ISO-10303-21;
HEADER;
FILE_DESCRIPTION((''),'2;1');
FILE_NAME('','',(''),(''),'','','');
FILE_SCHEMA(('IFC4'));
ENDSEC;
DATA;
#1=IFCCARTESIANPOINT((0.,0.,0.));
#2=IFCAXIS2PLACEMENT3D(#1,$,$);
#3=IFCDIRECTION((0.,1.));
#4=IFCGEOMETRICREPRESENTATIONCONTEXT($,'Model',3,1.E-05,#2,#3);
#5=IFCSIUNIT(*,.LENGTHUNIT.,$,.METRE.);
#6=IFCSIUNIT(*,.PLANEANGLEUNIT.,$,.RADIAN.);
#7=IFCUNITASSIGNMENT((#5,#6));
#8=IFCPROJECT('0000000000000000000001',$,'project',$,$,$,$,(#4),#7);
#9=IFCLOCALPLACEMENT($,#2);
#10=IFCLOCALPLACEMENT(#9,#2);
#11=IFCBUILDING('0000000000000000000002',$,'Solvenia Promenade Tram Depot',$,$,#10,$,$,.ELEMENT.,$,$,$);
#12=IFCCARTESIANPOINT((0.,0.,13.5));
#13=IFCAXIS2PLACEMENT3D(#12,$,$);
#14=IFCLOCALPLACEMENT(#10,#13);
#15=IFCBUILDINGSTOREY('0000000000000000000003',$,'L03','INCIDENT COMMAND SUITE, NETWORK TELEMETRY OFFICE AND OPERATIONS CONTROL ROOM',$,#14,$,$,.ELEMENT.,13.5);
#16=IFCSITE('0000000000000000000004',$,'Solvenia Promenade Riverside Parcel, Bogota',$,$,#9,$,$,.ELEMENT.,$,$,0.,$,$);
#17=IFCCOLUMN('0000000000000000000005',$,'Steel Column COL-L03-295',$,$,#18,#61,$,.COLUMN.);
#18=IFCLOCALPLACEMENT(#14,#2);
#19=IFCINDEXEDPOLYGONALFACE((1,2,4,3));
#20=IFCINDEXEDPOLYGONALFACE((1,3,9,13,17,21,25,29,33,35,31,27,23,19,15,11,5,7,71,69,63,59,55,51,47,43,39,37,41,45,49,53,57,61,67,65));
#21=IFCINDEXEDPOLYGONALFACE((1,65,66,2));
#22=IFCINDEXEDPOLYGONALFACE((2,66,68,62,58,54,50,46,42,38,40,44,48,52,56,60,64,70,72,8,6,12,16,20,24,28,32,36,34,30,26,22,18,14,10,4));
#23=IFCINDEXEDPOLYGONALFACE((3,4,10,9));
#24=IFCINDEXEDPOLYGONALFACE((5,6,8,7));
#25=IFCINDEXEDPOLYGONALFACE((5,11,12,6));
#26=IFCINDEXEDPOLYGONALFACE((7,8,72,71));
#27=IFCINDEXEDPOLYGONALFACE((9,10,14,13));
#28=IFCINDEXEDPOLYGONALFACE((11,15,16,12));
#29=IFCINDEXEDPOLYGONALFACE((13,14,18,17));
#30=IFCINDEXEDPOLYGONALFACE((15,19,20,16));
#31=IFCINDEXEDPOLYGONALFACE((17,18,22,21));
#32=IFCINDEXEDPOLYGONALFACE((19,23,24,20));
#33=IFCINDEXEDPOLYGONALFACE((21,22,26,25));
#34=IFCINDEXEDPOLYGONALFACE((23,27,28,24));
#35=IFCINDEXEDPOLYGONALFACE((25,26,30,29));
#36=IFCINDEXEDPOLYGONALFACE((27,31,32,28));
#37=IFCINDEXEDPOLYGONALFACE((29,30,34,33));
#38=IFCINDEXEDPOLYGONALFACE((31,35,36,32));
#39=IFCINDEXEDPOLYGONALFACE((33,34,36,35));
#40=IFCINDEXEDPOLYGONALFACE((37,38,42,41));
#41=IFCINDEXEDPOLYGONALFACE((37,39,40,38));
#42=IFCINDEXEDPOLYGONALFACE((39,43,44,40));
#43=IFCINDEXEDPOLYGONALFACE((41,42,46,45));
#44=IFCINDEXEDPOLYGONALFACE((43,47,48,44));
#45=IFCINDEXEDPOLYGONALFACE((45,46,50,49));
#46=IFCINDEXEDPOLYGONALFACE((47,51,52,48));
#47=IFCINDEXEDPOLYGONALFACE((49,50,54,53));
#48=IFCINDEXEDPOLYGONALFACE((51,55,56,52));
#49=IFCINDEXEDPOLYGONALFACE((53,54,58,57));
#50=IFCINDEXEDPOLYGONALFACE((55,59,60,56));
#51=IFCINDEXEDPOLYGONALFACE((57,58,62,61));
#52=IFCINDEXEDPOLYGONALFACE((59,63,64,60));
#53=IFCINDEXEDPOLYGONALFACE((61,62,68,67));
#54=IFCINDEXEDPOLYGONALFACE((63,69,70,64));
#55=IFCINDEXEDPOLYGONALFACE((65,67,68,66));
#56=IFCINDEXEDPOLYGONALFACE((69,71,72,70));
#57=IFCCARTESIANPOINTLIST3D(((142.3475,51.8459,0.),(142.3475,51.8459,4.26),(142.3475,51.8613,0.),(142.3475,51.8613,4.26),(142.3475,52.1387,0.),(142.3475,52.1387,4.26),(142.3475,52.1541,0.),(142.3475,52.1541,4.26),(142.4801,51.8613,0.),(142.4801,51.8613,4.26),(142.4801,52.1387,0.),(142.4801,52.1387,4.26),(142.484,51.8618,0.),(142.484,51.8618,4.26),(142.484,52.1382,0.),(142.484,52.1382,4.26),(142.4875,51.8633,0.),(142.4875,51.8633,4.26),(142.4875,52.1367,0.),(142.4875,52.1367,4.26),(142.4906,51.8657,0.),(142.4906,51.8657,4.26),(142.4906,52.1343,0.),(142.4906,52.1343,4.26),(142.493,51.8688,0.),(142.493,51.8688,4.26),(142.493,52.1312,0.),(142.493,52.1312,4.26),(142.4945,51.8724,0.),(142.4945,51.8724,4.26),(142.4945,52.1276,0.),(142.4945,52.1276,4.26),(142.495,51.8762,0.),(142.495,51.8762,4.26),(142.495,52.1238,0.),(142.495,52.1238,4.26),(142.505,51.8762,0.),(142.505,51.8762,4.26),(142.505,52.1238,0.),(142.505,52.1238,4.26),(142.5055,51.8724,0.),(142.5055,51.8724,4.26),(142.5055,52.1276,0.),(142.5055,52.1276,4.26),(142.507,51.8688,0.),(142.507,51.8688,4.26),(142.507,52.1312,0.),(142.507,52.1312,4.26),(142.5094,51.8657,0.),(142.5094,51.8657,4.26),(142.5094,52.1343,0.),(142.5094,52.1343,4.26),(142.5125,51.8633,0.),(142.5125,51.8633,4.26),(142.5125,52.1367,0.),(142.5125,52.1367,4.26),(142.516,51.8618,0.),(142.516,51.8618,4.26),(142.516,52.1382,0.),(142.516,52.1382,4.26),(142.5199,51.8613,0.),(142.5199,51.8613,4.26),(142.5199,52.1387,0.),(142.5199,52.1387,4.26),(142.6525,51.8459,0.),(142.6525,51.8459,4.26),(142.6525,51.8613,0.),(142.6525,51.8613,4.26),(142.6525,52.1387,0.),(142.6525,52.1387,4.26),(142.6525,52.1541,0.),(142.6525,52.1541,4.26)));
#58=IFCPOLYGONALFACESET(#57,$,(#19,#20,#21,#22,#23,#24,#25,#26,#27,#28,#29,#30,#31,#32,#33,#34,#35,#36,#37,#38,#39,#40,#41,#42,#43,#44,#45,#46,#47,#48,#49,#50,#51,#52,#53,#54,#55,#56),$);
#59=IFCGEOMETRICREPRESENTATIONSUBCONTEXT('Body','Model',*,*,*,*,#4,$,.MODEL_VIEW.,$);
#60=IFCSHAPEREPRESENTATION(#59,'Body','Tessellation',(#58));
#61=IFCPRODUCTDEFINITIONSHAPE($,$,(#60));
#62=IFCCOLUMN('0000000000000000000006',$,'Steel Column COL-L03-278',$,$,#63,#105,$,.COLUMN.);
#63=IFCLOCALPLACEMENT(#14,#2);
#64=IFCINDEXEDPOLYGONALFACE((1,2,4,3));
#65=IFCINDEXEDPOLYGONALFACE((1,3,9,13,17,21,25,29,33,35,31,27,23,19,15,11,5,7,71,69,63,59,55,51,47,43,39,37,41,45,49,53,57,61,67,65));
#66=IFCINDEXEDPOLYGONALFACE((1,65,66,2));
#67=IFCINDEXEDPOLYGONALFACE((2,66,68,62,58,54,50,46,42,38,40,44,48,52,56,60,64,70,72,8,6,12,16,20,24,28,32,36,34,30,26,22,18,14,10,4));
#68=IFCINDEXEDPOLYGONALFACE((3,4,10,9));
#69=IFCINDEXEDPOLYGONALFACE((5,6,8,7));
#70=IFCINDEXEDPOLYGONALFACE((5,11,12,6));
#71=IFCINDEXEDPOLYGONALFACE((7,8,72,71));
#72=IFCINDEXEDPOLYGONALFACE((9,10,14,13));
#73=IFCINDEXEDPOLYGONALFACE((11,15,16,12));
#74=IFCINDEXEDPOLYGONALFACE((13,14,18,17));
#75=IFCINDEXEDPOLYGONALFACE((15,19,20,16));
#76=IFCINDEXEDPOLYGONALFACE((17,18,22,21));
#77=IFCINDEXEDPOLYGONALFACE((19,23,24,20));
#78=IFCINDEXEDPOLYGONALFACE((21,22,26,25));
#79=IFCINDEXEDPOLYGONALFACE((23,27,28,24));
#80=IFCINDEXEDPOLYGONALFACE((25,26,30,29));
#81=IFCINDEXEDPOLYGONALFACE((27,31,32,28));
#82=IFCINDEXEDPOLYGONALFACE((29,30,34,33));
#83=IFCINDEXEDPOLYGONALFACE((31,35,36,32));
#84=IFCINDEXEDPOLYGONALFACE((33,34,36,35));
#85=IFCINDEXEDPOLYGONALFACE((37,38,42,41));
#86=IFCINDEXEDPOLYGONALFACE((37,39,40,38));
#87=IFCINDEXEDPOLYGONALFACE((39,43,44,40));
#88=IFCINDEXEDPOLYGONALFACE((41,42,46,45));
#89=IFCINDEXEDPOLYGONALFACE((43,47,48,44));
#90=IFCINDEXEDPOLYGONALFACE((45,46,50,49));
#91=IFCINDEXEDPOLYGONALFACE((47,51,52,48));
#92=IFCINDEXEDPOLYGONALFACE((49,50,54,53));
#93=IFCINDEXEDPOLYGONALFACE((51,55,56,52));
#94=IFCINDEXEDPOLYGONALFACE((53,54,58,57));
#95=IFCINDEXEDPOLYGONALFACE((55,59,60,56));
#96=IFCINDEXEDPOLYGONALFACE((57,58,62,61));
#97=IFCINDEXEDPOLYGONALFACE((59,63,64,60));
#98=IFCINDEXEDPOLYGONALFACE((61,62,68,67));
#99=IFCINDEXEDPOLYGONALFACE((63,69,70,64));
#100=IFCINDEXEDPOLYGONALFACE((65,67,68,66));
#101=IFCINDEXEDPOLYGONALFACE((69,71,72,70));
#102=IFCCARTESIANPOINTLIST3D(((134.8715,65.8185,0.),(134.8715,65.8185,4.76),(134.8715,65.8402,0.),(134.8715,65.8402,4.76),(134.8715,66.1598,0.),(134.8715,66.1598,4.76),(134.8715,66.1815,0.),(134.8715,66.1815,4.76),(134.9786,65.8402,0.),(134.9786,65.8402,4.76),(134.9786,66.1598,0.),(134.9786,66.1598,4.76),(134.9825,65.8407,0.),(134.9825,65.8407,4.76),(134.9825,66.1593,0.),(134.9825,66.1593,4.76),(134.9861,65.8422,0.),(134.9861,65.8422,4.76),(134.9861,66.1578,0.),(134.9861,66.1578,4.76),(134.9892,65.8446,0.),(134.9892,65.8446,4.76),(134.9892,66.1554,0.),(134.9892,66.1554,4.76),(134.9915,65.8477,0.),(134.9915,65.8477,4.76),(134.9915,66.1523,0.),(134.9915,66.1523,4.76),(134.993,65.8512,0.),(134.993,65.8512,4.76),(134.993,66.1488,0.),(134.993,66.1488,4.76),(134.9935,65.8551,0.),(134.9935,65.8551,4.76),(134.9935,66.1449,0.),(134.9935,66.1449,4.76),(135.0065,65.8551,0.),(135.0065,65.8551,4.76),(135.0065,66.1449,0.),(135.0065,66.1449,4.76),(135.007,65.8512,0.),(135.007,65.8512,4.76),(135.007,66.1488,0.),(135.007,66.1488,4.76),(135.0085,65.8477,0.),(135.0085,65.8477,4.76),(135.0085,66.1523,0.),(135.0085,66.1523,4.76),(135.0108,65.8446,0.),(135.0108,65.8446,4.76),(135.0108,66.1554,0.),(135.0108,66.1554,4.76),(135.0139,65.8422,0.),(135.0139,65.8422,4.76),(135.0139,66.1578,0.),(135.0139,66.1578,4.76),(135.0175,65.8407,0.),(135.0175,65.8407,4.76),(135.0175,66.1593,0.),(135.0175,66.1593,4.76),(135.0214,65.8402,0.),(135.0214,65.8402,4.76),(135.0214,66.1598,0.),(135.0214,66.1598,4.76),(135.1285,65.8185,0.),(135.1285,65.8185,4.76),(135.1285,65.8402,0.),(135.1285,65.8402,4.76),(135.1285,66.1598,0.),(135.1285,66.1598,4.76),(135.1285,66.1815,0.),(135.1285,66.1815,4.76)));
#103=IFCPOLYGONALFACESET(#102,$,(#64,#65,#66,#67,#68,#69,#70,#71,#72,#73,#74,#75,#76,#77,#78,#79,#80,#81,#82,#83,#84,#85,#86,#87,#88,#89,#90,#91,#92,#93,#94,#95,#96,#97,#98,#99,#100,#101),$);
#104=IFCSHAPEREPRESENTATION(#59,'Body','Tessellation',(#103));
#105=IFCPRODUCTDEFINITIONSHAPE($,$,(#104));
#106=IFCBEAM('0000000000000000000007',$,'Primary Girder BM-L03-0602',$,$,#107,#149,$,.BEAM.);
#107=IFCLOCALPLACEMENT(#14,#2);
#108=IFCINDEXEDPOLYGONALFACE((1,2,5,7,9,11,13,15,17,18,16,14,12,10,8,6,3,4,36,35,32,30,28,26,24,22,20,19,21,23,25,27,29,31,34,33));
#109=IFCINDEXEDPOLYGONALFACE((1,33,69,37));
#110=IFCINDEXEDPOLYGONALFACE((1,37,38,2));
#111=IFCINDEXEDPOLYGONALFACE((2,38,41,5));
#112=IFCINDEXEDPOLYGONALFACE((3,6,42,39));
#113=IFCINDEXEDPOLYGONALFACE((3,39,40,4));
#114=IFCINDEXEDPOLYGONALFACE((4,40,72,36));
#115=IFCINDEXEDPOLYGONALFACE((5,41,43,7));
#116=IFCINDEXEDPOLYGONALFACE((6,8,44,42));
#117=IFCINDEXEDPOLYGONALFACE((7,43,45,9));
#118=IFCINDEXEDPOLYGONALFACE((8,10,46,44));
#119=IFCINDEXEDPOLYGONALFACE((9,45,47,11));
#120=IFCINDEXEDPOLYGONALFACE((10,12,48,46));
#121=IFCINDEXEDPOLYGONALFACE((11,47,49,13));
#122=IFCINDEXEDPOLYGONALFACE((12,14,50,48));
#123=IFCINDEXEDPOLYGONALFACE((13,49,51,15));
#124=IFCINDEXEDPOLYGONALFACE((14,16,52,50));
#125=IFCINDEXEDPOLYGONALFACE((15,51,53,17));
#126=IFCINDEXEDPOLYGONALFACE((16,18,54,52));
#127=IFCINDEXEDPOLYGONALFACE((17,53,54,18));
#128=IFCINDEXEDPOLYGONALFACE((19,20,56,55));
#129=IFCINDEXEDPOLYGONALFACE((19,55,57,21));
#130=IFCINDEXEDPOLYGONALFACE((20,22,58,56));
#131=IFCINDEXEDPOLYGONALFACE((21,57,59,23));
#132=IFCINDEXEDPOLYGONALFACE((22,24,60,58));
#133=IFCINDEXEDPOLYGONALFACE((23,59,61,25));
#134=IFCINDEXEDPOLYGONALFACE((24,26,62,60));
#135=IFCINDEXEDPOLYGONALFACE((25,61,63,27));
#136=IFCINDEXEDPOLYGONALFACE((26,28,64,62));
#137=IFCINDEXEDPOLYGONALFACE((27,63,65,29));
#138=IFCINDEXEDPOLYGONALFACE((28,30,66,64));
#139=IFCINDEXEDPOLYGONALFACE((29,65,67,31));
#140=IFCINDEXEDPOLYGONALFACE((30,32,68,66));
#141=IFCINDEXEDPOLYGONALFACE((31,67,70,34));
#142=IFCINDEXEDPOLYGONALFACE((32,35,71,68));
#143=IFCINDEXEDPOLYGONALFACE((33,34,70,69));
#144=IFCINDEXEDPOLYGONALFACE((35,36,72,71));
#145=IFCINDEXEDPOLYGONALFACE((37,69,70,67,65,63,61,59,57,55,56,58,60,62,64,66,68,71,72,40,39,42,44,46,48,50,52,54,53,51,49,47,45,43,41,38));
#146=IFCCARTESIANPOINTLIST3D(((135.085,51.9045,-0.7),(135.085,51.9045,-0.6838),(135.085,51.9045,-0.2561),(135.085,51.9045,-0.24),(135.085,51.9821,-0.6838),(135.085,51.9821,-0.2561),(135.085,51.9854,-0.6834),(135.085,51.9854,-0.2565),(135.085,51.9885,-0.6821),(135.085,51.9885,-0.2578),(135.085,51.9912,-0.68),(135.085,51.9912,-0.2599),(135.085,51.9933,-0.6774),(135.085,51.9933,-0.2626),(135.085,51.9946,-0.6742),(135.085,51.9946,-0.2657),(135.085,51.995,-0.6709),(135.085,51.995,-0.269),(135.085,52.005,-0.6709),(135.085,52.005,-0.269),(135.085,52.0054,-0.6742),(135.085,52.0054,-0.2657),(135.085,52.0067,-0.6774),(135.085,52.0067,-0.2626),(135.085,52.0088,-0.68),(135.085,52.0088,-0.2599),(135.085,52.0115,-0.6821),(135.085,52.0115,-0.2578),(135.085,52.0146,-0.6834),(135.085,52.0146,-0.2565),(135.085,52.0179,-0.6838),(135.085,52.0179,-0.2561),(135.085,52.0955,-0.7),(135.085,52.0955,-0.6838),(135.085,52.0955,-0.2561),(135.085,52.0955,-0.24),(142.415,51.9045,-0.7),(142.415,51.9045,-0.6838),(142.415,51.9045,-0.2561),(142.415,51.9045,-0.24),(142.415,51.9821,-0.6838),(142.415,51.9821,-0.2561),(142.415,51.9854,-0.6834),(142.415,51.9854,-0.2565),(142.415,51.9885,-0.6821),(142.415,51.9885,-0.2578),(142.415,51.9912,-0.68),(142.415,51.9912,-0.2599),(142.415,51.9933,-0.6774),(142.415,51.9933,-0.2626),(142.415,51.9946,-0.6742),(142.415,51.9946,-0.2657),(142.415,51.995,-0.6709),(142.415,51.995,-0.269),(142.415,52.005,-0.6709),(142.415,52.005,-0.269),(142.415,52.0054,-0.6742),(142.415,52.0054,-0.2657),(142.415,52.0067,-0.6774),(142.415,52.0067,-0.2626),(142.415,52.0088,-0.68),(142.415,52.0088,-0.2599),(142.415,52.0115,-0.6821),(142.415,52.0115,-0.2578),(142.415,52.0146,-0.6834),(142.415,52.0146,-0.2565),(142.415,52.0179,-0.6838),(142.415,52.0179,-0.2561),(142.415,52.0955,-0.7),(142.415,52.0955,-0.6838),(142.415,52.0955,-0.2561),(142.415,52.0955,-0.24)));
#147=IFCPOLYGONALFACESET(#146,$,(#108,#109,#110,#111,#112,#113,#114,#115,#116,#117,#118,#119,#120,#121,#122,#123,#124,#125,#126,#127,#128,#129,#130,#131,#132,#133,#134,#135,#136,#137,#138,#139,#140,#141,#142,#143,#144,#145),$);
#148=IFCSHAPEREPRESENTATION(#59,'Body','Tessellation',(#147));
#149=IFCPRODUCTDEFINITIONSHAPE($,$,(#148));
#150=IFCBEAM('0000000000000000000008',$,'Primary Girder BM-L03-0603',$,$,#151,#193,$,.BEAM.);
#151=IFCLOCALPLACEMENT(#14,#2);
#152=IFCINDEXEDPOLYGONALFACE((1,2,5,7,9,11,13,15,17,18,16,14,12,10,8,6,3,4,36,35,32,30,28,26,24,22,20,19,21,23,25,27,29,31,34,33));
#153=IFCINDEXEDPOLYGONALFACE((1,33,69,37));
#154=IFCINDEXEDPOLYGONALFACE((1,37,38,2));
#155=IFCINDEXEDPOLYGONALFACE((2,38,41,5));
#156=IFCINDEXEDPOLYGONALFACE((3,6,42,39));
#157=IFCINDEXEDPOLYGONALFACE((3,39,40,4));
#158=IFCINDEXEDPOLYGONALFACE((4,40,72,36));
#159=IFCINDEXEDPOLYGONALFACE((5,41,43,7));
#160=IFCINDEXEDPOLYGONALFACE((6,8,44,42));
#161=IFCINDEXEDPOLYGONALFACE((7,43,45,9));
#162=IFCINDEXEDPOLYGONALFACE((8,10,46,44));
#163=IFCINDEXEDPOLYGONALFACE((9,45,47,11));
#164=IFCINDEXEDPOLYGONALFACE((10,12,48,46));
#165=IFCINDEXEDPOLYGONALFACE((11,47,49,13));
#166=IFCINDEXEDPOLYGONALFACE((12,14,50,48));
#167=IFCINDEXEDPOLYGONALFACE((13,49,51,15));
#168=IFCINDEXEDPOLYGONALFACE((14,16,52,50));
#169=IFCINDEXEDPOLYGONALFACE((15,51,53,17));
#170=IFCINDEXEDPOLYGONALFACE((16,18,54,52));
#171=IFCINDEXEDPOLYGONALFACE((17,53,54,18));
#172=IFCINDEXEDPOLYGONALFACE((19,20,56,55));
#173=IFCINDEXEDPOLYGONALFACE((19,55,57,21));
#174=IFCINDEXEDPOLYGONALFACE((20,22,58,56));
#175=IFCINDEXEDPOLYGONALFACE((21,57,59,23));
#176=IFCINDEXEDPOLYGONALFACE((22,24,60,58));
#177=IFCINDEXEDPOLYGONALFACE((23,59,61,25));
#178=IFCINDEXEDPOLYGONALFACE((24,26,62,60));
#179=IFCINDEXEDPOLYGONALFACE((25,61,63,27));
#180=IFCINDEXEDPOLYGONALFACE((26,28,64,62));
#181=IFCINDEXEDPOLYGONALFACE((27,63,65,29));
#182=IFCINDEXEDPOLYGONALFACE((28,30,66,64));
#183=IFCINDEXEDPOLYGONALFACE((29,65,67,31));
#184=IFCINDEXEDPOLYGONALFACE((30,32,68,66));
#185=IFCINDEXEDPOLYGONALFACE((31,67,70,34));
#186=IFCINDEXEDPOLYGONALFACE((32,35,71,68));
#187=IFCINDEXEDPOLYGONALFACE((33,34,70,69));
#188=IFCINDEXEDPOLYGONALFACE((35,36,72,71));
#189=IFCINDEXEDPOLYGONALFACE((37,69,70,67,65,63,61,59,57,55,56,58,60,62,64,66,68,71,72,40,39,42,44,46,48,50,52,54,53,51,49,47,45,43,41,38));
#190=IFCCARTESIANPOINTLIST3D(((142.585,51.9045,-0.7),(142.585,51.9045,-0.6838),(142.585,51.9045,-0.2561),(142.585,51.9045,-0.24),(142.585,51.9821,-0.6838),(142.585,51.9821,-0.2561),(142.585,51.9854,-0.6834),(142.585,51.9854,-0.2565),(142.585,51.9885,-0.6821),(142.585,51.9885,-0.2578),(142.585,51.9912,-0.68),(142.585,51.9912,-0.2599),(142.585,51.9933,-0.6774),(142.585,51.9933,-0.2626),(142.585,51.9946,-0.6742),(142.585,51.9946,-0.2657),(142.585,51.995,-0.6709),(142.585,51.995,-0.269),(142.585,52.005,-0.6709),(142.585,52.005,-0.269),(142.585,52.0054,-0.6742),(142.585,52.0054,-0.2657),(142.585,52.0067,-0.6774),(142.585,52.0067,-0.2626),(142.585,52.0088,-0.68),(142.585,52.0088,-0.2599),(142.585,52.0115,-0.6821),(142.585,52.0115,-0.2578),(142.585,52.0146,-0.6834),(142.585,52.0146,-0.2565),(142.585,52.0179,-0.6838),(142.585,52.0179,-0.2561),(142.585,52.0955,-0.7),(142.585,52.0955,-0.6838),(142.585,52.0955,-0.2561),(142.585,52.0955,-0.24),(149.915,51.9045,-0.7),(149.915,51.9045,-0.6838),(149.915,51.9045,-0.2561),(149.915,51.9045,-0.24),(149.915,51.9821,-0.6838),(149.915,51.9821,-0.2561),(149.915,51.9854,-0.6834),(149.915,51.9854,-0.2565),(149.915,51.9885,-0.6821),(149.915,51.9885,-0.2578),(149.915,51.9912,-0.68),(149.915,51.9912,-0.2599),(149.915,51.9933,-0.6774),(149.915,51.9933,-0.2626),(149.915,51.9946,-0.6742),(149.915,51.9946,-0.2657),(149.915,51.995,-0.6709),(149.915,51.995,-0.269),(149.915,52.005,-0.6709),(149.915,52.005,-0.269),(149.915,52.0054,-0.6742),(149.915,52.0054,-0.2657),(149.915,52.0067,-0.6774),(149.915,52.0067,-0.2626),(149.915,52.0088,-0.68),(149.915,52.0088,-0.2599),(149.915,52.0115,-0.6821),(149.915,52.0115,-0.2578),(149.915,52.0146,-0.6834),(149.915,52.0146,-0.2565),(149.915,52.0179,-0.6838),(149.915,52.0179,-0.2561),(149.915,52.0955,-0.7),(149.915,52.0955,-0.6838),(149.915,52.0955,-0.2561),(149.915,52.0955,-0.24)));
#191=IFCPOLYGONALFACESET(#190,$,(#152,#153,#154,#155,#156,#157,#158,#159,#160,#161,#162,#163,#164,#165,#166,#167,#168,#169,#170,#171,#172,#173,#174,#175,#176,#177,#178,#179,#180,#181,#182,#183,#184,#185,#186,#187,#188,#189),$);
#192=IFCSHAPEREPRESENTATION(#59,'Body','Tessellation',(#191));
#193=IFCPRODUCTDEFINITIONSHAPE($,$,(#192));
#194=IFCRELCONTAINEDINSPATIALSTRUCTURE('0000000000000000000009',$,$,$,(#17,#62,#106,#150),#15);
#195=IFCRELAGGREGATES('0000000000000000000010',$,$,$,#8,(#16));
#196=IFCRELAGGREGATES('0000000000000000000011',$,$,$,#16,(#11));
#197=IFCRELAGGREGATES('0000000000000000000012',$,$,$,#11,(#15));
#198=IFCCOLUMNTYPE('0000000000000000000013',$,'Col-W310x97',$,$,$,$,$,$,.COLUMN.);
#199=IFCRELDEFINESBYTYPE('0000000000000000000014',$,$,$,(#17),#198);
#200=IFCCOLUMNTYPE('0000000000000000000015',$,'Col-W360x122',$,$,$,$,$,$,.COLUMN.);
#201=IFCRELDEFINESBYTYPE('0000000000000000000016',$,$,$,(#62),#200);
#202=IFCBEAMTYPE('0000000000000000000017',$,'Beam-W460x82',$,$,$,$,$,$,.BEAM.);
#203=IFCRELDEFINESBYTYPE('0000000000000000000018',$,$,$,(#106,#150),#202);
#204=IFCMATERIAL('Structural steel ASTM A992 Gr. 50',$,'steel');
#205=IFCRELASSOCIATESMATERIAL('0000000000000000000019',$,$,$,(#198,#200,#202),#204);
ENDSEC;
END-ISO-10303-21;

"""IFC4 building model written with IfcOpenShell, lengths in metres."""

from ifc_helpers import new_model, si_unit, direction, frame, origin, origin_2d, place, context, subcontext, project, spatial, i_section, extrude, material, material_profile, profile_set, type_object, element, save


model = new_model("IFC4")

# Units and contexts
model_context = context("Model", 3, precision=1e-05, world=origin(), true_north=direction((0.0, 1.0)))
body_context = subcontext(model_context, "Body", "Model", "MODEL_VIEW")
ifc_project = project(units=[si_unit("LENGTHUNIT", "METRE"), si_unit("PLANEANGLEUNIT", "RADIAN")], contexts=[model_context])

# Site, building, storey
site_placement = place(None, origin())
site = spatial("IfcSite", under=ifc_project, at=site_placement, Name="Solvenia Promenade Riverside Parcel, Bogota", CompositionType="ELEMENT", RefElevation=0.0)
building_placement = place(site_placement, origin())
building = spatial("IfcBuilding", under=site, at=building_placement, Name="Solvenia Promenade Tram Depot", CompositionType="ELEMENT")
storey_placement = place(building_placement, frame((0.0, 0.0, 13.5)))
storey = spatial("IfcBuildingStorey", under=building, at=storey_placement, Name="L03", Description="INCIDENT COMMAND SUITE, NETWORK TELEMETRY OFFICE AND OPERATIONS CONTROL ROOM", CompositionType="ELEMENT", Elevation=13.5)

# Columns
ifc_material_1 = material(Name="Structural steel ASTM A992 Gr. 50", Category="steel")
ifc_material_profile_1 = material_profile(ifc_material_1, i_section(OverallWidth=0.3049, OverallDepth=0.3081, WebThickness=0.01, FlangeThickness=0.0154, FilletRadius=0.0149, at=origin_2d()), Name="W310x97", Category="steel")
ifc_profile_set_1 = profile_set([ifc_material_profile_1], Name="Structural steel ASTM A992 Gr. 50")
column_type_1 = type_object("IfcColumnType", Name="Col-W310x97", PredefinedType="COLUMN", material=ifc_profile_set_1)
column_1_placement = place(storey_placement, frame((142.5, 52.0, 0.0), z_axis=(0.0, 0.0, 1.0), x_axis=(1.0, 0.0, 0.0)))
element("IfcColumn", 1, at=column_1_placement, inside=storey, type_object=column_type_1, Name="Steel Column COL-L03-295", PredefinedType="COLUMN", context=body_context, shape_type="SweptSolid", body=[
    extrude(i_section(OverallWidth=0.3049, OverallDepth=0.3081, WebThickness=0.01, FlangeThickness=0.0154, FilletRadius=0.0149, at=origin_2d()), origin(), (0.0, 0.0, 1.0), 4.26),
])
ifc_material_profile_2 = material_profile(ifc_material_1, i_section(OverallWidth=0.2571, OverallDepth=0.363, WebThickness=0.0129, FlangeThickness=0.0217, FilletRadius=0.0149, at=origin_2d()), Name="W360x122", Category="steel")
ifc_profile_set_2 = profile_set([ifc_material_profile_2], Name="Structural steel ASTM A992 Gr. 50")
column_type_2 = type_object("IfcColumnType", Name="Col-W360x122", PredefinedType="COLUMN", material=ifc_profile_set_2)
column_2_placement = place(storey_placement, frame((135.0, 66.0, 0.0), z_axis=(0.0, 0.0, 1.0), x_axis=(1.0, 0.0, 0.0)))
element("IfcColumn", 2, at=column_2_placement, inside=storey, type_object=column_type_2, Name="Steel Column COL-L03-278", PredefinedType="COLUMN", context=body_context, shape_type="SweptSolid", body=[
    extrude(i_section(OverallWidth=0.2571, OverallDepth=0.363, WebThickness=0.0129, FlangeThickness=0.0217, FilletRadius=0.0149, at=origin_2d()), origin(), (0.0, 0.0, 1.0), 4.76),
])

# Beams
ifc_material_profile_3 = material_profile(ifc_material_1, i_section(OverallWidth=0.1909, OverallDepth=0.46, WebThickness=0.01, FlangeThickness=0.0161, FilletRadius=0.0129, at=origin_2d()), Name="W460x82", Category="steel")
ifc_profile_set_3 = profile_set([ifc_material_profile_3], Name="Structural steel ASTM A992 Gr. 50")
beam_type_1 = type_object("IfcBeamType", Name="Beam-W460x82", PredefinedType="BEAM", material=ifc_profile_set_3)
for number, where, z_axis, x_axis, name in (
    (3, (135.085, 52.0, -0.47), (1.0, 0.0, 0.0), (0.0, 1.0, 0.0), "Primary Girder BM-L03-0602"),
    (4, (142.585, 52.0, -0.47), (1.0, 0.0, 0.0), (0.0, 1.0, 0.0), "Primary Girder BM-L03-0603"),
):
    element("IfcBeam", number, at=place(storey_placement, frame(where, z_axis=z_axis, x_axis=x_axis)), inside=storey, type_object=beam_type_1, Name=name, PredefinedType="BEAM", context=body_context, shape_type="SweptSolid", body=[
        extrude(i_section(OverallWidth=0.1909, OverallDepth=0.46, WebThickness=0.01, FlangeThickness=0.0161, FilletRadius=0.0129, at=origin_2d()), origin(), (0.0, 0.0, 1.0), 7.3301),
    ])

save(model, "model.ifc")
